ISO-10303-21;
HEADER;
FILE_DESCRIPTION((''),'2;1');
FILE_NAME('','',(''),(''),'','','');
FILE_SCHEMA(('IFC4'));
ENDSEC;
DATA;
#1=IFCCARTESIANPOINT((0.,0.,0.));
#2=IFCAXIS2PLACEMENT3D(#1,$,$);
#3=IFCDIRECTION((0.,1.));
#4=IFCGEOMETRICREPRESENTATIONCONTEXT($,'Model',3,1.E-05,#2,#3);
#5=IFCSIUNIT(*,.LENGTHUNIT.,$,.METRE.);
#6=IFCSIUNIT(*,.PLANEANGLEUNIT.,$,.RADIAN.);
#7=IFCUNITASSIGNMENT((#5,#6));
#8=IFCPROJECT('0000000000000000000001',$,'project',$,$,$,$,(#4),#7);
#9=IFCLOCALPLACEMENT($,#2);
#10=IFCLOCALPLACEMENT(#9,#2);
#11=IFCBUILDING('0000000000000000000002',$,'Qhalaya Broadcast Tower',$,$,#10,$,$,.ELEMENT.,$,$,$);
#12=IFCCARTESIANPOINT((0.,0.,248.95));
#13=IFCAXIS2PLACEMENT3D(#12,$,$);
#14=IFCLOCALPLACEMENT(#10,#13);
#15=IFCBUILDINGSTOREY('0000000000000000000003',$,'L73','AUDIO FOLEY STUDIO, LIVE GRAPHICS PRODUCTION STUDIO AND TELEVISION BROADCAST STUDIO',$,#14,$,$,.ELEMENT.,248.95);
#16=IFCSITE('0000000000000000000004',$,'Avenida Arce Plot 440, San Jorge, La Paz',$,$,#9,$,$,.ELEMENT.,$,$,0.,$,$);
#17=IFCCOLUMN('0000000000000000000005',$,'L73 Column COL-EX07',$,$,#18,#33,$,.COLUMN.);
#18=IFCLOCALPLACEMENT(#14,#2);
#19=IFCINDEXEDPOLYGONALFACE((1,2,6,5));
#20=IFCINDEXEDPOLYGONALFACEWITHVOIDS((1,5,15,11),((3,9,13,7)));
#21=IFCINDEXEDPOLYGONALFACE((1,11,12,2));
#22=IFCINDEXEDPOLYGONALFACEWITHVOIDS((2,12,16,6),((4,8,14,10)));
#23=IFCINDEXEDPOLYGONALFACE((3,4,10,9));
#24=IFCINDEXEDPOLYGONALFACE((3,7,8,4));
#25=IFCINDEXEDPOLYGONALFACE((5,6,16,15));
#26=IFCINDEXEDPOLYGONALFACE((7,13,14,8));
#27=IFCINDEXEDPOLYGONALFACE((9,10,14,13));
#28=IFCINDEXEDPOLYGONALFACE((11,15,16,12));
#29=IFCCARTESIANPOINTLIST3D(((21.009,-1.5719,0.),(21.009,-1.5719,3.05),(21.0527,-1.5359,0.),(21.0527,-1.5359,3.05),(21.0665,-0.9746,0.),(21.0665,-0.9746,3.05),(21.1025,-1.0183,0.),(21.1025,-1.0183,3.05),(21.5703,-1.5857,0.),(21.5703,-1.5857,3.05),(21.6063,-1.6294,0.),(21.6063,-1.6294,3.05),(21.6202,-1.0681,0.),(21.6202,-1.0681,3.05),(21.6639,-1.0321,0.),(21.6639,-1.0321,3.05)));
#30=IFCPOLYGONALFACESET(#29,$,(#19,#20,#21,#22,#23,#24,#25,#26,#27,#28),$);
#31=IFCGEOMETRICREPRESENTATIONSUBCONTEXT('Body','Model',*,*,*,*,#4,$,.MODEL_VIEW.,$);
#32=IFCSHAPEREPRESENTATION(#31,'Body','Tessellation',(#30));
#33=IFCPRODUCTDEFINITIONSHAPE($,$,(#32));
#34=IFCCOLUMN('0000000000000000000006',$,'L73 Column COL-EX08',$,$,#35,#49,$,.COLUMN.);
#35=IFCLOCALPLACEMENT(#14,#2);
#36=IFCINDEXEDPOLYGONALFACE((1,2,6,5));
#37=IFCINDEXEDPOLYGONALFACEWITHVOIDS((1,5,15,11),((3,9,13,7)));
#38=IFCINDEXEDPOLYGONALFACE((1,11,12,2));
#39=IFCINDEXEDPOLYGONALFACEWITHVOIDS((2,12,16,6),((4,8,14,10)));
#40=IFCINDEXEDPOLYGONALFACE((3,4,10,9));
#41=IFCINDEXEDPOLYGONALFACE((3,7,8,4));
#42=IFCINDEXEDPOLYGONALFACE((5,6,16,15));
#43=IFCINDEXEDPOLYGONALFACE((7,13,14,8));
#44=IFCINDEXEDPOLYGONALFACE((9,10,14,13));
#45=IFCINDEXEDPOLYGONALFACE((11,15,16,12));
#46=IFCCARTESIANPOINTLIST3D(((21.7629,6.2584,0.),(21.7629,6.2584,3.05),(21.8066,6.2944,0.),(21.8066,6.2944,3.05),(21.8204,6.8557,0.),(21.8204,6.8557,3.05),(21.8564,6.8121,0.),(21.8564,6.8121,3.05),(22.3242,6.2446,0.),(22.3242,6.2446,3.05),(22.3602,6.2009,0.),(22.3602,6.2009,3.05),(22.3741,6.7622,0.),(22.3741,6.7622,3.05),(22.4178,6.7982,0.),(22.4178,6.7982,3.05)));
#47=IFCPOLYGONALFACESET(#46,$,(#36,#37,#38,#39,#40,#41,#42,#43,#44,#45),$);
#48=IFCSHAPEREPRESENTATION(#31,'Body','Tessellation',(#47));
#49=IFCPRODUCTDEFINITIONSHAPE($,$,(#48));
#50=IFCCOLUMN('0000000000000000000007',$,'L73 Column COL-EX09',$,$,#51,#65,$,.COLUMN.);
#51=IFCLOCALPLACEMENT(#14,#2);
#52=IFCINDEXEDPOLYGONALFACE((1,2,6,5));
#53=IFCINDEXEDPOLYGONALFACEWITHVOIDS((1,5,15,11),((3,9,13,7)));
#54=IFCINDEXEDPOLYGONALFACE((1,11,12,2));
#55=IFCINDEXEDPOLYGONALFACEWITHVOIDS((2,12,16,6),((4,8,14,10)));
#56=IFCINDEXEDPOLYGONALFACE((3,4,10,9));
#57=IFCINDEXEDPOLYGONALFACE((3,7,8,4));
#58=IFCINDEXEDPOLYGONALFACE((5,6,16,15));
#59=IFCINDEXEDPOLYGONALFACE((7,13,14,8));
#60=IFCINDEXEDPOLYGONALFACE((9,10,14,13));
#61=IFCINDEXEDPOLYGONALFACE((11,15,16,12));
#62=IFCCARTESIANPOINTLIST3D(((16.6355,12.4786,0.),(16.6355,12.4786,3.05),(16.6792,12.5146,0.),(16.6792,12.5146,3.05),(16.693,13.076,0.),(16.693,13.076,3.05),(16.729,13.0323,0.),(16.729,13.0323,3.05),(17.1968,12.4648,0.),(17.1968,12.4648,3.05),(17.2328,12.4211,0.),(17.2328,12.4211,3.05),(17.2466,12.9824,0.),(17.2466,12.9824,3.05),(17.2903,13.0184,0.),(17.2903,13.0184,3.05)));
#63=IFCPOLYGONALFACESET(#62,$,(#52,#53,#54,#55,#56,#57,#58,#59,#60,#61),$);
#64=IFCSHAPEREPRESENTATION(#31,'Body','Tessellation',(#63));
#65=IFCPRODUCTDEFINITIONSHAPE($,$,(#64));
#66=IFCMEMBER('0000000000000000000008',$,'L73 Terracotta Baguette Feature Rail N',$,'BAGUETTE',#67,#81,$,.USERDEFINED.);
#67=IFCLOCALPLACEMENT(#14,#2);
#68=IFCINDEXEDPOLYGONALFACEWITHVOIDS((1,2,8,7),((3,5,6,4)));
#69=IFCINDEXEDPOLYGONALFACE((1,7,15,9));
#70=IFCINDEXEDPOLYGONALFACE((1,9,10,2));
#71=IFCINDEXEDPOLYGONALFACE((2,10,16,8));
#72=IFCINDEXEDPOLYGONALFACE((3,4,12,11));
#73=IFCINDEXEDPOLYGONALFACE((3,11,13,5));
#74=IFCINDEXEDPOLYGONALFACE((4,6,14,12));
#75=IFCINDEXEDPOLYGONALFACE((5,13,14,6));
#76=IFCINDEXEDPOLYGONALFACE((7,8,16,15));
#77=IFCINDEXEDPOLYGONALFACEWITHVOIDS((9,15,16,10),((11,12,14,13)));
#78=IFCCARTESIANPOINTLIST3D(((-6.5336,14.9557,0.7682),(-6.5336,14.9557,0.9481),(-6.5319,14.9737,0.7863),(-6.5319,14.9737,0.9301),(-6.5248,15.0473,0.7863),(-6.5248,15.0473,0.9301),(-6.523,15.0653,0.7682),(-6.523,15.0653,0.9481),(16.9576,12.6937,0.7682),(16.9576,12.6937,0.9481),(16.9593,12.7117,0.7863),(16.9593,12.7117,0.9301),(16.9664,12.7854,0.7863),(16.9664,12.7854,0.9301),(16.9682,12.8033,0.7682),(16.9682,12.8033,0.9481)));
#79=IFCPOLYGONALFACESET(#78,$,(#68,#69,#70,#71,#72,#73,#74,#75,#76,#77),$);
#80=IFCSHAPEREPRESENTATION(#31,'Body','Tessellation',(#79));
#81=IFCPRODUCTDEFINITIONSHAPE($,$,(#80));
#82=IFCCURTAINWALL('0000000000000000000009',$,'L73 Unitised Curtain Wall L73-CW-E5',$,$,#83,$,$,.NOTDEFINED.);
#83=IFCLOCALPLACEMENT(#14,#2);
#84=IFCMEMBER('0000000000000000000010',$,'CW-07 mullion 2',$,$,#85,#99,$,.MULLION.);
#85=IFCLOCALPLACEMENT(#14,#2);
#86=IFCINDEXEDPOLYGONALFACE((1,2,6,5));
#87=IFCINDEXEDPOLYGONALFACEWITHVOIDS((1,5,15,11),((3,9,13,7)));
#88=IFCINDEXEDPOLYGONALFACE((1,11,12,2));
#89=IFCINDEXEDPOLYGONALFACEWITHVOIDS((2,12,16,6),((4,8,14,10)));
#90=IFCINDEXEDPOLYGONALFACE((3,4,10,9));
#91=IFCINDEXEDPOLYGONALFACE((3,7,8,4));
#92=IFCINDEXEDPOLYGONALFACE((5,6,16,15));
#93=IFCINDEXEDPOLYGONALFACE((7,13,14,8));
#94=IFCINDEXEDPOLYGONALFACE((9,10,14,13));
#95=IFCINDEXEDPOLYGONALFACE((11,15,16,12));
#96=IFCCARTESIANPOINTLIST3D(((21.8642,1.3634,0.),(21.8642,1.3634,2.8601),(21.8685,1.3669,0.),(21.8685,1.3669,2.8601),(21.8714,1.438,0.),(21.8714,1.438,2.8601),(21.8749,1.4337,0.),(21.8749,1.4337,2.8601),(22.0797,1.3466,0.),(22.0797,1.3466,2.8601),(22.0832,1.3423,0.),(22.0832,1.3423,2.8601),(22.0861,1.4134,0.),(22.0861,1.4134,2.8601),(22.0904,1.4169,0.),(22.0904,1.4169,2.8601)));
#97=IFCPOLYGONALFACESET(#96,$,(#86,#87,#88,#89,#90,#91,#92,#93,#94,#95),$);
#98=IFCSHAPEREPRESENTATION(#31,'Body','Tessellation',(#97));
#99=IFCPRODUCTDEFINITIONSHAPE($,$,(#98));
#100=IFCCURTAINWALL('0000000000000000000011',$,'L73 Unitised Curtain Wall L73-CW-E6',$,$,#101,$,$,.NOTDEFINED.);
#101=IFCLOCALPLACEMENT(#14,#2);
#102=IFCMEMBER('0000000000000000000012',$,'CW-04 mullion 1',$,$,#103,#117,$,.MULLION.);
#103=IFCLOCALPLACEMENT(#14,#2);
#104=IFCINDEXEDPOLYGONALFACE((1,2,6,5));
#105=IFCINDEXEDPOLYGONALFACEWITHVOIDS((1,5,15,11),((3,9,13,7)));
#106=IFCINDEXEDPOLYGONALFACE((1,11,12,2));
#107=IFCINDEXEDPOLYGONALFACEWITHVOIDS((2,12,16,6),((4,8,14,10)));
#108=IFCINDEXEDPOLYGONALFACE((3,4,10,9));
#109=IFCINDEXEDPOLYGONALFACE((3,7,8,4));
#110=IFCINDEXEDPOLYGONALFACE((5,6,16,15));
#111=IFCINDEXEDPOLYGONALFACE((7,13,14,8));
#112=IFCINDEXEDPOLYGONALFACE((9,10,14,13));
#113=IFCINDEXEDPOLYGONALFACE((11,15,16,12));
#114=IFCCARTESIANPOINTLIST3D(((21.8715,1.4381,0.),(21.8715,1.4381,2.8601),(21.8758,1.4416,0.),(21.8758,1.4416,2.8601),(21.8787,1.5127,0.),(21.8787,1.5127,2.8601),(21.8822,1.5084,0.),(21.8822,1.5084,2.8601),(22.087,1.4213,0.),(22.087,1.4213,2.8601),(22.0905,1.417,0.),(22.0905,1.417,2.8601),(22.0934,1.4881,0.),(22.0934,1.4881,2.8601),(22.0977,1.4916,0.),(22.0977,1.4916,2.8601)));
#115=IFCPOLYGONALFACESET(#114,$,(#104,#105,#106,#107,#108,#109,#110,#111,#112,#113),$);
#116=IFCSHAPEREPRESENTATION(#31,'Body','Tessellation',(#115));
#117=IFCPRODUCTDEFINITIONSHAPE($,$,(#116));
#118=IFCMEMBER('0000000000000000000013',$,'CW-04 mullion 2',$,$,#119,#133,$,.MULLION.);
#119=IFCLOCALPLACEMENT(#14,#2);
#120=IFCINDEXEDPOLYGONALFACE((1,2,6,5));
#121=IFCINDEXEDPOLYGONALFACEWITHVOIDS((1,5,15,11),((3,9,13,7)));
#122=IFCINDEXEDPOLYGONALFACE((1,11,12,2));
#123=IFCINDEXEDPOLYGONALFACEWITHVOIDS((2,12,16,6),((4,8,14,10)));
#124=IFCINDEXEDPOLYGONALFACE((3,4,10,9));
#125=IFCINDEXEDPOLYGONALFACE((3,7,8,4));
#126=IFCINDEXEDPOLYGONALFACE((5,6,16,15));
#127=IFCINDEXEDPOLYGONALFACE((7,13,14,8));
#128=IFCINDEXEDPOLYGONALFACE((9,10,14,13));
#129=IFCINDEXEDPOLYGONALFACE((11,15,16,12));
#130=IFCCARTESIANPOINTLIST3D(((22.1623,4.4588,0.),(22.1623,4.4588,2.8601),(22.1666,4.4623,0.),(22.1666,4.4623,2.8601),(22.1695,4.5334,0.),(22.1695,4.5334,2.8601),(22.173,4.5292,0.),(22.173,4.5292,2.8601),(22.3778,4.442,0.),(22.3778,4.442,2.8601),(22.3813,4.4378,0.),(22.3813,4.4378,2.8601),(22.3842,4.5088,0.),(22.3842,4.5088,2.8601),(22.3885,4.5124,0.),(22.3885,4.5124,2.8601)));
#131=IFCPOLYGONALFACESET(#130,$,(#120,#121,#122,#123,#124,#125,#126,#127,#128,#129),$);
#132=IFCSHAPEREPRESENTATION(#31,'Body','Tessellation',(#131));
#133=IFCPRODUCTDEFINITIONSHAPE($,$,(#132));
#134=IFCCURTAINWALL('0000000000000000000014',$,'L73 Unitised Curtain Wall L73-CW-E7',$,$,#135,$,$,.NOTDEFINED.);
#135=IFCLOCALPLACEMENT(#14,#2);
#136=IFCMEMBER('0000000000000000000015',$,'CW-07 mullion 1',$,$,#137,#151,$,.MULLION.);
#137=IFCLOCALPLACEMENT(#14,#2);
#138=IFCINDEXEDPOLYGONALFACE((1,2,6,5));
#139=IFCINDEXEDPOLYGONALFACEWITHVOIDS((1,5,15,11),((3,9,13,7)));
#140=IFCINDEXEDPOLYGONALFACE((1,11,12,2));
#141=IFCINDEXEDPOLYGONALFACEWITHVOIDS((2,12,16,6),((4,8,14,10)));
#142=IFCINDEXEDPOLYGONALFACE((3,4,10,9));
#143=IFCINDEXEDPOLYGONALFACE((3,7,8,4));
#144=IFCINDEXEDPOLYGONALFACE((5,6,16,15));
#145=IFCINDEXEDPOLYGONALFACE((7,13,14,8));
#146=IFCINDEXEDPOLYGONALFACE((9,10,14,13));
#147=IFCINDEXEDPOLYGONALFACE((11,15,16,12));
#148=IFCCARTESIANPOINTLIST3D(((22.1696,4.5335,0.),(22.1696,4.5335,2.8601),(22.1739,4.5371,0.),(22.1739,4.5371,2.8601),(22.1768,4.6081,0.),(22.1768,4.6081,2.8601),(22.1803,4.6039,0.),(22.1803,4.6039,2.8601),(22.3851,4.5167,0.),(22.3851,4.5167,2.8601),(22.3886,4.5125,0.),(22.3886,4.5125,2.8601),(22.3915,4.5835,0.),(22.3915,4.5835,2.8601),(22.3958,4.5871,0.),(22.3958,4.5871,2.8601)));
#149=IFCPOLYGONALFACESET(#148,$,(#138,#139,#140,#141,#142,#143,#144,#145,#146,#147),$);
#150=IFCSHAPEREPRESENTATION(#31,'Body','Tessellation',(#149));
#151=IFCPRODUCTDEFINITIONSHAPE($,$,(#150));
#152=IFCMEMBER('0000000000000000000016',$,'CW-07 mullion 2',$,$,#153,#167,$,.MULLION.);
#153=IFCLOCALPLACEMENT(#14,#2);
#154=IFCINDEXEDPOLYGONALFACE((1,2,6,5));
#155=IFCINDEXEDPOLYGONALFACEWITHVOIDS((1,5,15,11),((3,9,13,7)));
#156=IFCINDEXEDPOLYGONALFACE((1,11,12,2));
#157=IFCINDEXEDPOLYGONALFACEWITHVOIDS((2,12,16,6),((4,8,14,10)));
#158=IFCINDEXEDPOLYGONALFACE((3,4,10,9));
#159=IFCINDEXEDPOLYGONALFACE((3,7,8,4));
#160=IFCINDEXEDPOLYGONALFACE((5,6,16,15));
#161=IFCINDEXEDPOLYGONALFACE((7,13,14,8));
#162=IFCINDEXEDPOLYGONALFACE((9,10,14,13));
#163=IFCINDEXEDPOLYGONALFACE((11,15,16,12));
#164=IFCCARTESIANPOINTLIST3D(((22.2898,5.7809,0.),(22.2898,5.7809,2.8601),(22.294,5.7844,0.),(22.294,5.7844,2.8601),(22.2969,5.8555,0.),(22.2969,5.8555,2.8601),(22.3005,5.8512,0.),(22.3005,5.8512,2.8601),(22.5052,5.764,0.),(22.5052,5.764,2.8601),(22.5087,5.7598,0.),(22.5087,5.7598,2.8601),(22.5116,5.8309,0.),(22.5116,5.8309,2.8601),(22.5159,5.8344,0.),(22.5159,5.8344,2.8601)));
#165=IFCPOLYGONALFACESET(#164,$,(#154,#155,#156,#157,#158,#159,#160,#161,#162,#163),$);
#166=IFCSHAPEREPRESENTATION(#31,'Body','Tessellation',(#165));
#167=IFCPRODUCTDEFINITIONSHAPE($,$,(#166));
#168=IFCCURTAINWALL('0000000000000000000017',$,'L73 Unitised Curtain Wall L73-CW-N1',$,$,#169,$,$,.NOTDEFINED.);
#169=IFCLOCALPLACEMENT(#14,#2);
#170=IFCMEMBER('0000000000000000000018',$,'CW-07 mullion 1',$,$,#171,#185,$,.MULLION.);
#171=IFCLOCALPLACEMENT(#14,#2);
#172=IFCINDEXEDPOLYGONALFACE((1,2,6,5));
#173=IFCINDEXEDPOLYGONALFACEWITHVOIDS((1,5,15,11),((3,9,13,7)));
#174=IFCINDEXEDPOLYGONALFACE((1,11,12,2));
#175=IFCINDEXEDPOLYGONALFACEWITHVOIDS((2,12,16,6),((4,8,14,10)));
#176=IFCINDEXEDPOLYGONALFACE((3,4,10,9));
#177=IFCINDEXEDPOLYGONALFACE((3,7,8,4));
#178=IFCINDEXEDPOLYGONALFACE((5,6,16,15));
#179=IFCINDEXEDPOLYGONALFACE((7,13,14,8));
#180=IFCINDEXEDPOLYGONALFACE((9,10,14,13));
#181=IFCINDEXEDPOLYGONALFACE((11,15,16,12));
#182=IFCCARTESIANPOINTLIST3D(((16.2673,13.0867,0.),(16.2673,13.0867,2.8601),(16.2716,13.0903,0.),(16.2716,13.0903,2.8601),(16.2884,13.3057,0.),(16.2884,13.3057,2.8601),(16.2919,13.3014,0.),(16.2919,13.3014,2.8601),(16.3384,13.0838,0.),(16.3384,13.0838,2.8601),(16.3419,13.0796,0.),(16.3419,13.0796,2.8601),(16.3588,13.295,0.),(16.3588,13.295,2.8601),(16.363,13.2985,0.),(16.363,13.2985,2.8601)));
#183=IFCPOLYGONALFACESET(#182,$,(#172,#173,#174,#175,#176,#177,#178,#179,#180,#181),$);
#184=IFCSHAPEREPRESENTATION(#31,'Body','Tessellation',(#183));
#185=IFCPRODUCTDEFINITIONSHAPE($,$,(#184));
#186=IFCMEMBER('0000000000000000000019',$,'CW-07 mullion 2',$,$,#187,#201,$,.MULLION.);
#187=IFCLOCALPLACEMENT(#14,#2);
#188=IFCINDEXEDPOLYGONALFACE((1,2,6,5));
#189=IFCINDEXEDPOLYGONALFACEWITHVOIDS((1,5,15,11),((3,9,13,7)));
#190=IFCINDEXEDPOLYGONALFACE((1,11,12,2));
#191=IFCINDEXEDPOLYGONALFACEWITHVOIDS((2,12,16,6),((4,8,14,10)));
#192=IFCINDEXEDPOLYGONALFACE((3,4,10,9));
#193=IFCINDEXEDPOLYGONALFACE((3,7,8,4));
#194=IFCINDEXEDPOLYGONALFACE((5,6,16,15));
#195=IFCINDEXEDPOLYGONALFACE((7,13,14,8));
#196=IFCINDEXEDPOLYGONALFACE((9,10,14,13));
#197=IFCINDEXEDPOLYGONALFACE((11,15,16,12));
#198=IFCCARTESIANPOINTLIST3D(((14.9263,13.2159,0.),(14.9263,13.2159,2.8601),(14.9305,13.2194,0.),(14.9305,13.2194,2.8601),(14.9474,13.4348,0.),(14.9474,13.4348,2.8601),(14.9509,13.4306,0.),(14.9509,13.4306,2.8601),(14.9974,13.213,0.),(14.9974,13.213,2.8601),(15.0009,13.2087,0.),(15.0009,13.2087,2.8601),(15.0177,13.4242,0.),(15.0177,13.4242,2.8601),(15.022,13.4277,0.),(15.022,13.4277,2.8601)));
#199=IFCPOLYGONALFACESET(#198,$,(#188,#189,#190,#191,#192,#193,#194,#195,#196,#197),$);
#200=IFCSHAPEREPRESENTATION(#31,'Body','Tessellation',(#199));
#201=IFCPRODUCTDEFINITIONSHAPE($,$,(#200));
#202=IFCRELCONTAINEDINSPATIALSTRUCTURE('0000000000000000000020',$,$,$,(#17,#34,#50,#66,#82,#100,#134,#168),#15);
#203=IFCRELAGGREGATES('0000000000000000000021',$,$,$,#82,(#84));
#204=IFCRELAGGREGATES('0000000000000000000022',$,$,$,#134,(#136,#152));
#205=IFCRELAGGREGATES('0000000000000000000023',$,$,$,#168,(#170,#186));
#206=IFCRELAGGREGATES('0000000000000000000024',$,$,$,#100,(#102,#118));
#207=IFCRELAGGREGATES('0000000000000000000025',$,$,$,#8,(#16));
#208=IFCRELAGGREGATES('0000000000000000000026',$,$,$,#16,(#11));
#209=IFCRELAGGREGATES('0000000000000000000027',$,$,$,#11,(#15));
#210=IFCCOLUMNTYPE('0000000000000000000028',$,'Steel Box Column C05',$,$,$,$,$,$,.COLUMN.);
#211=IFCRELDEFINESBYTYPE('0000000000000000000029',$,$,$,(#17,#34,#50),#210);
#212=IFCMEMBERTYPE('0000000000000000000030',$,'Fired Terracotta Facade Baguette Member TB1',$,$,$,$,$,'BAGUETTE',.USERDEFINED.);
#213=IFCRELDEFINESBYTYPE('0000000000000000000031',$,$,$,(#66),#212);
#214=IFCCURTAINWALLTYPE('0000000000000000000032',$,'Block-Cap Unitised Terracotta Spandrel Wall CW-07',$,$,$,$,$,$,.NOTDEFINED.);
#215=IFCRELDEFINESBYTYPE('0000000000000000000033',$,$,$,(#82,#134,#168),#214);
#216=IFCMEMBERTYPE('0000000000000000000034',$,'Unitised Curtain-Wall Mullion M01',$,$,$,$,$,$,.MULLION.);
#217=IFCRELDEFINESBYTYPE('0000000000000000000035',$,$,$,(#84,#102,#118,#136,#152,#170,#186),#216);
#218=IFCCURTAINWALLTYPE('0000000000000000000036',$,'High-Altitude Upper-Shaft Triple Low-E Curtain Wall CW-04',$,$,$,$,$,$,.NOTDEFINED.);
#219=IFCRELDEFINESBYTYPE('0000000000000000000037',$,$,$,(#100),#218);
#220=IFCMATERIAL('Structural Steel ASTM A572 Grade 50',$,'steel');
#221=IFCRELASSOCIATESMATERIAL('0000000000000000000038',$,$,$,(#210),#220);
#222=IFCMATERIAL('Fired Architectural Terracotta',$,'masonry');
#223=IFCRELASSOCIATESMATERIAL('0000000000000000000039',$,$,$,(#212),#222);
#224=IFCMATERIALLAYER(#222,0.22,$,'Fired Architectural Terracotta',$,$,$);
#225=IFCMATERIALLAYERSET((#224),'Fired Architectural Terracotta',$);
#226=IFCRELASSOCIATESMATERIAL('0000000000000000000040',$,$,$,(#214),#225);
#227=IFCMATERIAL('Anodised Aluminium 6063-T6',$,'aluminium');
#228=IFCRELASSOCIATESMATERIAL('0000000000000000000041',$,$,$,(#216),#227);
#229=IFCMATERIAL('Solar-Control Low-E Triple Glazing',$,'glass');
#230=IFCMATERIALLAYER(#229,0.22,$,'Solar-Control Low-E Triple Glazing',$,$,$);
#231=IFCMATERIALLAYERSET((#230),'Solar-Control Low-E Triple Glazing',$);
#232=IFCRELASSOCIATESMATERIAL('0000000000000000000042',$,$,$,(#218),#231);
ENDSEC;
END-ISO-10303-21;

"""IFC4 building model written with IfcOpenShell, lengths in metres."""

from ifc_helpers import new_model, si_unit, direction, frame, origin, origin_2d, place, context, subcontext, project, spatial, hollow_rectangle, extrude, material, layer, layer_set, material_profile, profile_set, type_object, element, aggregate, save


model = new_model("IFC4")

# Units and contexts
model_context = context("Model", 3, precision=1e-05, world=origin(), true_north=direction((0.0, 1.0)))
body_context = subcontext(model_context, "Body", "Model", "MODEL_VIEW")
ifc_project = project(units=[si_unit("LENGTHUNIT", "METRE"), si_unit("PLANEANGLEUNIT", "RADIAN")], contexts=[model_context])

# Site, building, storey
site_placement = place(None, origin())
site = spatial("IfcSite", under=ifc_project, at=site_placement, Name="Avenida Arce Plot 440, San Jorge, La Paz", CompositionType="ELEMENT", RefElevation=0.0)
building_placement = place(site_placement, origin())
building = spatial("IfcBuilding", under=site, at=building_placement, Name="Qhalaya Broadcast Tower", CompositionType="ELEMENT")
storey_placement = place(building_placement, frame((0.0, 0.0, 248.95)))
storey = spatial("IfcBuildingStorey", under=building, at=storey_placement, Name="L73", Description="AUDIO FOLEY STUDIO, LIVE GRAPHICS PRODUCTION STUDIO AND TELEVISION BROADCAST STUDIO", CompositionType="ELEMENT", Elevation=248.95)

# Columns
ifc_material_1 = material(Name="Structural Steel ASTM A572 Grade 50", Category="steel")
ifc_material_profile_1 = material_profile(ifc_material_1, hollow_rectangle(XDim=0.6001, YDim=0.6001, WallThickness=0.04, at=origin_2d()), Name="BOX 600x600x40")
ifc_profile_set_1 = profile_set([ifc_material_profile_1], Name="Structural Steel ASTM A572 Grade 50")
column_type = type_object("IfcColumnType", Name="Steel Box Column C05", PredefinedType="COLUMN", material=ifc_profile_set_1)
for number, where, z_axis, x_axis, name in (
    (1, (21.3364, -1.302, 0.0), (0.0, 0.0, 1.0), (0.095846, 0.995396, 0.0), "L73 Column COL-EX07"),
    (2, (22.0903, 6.5283, 0.0), (0.0, 0.0, 1.0), (0.095846, 0.995396, 0.0), "L73 Column COL-EX08"),
    (3, (16.9629, 12.7485, 0.0), (0.0, 0.0, 1.0), (0.995396, -0.095846, 0.0), "L73 Column COL-EX09"),
):
    element("IfcColumn", number, at=place(storey_placement, frame(where, z_axis=z_axis, x_axis=x_axis)), inside=storey, type_object=column_type, Name=name, PredefinedType="COLUMN", context=body_context, shape_type="SweptSolid", body=[
        extrude(hollow_rectangle(XDim=0.6001, YDim=0.6001, WallThickness=0.04, at=origin_2d()), origin(), (0.0, 0.0, 1.0), 3.05),
    ])

# Member
ifc_material_2 = material(Name="Fired Architectural Terracotta", Category="masonry")
ifc_material_profile_2 = material_profile(ifc_material_2, hollow_rectangle(XDim=0.1101, YDim=0.1799, WallThickness=0.0181, at=origin_2d()), Name="TB-BAG 110x180x18")
ifc_profile_set_2 = profile_set([ifc_material_profile_2], Name="Fired Architectural Terracotta")
member_type_1 = type_object("IfcMemberType", Name="Fired Terracotta Facade Baguette Member TB1", ElementType="BAGUETTE", PredefinedType="USERDEFINED", material=ifc_profile_set_2)
member_1_placement = place(storey_placement, frame((16.9629, 12.7485, 0.8582), z_axis=(-0.995396, 0.095846, 0.0), x_axis=(-0.095846, -0.995396, 0.0)))
element("IfcMember", 4, at=member_1_placement, inside=storey, type_object=member_type_1, Name="L73 Terracotta Baguette Feature Rail N", ObjectType="BAGUETTE", PredefinedType="USERDEFINED", context=body_context, shape_type="SweptSolid", body=[
    extrude(hollow_rectangle(XDim=0.1101, YDim=0.1799, WallThickness=0.0181, at=origin_2d()), origin(), (0.0, 0.0, 1.0), 23.5999),
])

# Curtain wall, member
ifc_layer_1 = layer(ifc_material_2, 0.22, Name="Fired Architectural Terracotta")
ifc_layer_set_1 = layer_set([ifc_layer_1], Name="Fired Architectural Terracotta")
curtain_wall_type_1 = type_object("IfcCurtainWallType", Name="Block-Cap Unitised Terracotta Spandrel Wall CW-07", PredefinedType="NOTDEFINED", material=ifc_layer_set_1)
curtain_wall_1_placement = place(storey_placement, origin())
curtain_wall_1 = element("IfcCurtainWall", 5, at=curtain_wall_1_placement, inside=storey, type_object=curtain_wall_type_1, Name="L73 Unitised Curtain Wall L73-CW-E5", PredefinedType="NOTDEFINED")
ifc_material_3 = material(Name="Anodised Aluminium 6063-T6", Category="aluminium")
ifc_material_profile_3 = material_profile(ifc_material_3, hollow_rectangle(XDim=0.075, YDim=0.22, WallThickness=0.0039, at=origin_2d()), Name="ALU-MUL 75x220x4")
ifc_profile_set_3 = profile_set([ifc_material_profile_3], Name="Anodised Aluminium 6063-T6")
member_type_2 = type_object("IfcMemberType", Name="Unitised Curtain-Wall Mullion M01", PredefinedType="MULLION", material=ifc_profile_set_3)
member_2_placement = place(storey_placement, frame((21.9773, 1.3901, 0.0), z_axis=(0.0, 0.0, 1.0), x_axis=(0.095849, 0.995396, 0.0)))
member_2 = element("IfcMember", 6, at=member_2_placement, type_object=member_type_2, Name="CW-07 mullion 2", PredefinedType="MULLION", context=body_context, shape_type="SweptSolid", body=[
    extrude(hollow_rectangle(XDim=0.075, YDim=0.22, WallThickness=0.0039, at=origin_2d()), origin(), (0.0, 0.0, 1.0), 2.8601),
])

# Curtain walls, members
ifc_material_4 = material(Name="Solar-Control Low-E Triple Glazing", Category="glass")
ifc_layer_2 = layer(ifc_material_4, 0.22, Name="Solar-Control Low-E Triple Glazing")
ifc_layer_set_2 = layer_set([ifc_layer_2], Name="Solar-Control Low-E Triple Glazing")
curtain_wall_type_2 = type_object("IfcCurtainWallType", Name="High-Altitude Upper-Shaft Triple Low-E Curtain Wall CW-04", PredefinedType="NOTDEFINED", material=ifc_layer_set_2)
curtain_wall_2_placement = place(storey_placement, origin())
curtain_wall_2 = element("IfcCurtainWall", 7, at=curtain_wall_2_placement, inside=storey, type_object=curtain_wall_type_2, Name="L73 Unitised Curtain Wall L73-CW-E6", PredefinedType="NOTDEFINED")
member_3_placement = place(storey_placement, frame((21.9846, 1.4648, 0.0), z_axis=(0.0, 0.0, 1.0), x_axis=(0.095855, 0.995395, 0.0)))
member_3 = element("IfcMember", 8, at=member_3_placement, type_object=member_type_2, Name="CW-04 mullion 1", PredefinedType="MULLION", context=body_context, shape_type="SweptSolid", body=[
    extrude(hollow_rectangle(XDim=0.075, YDim=0.22, WallThickness=0.0039, at=origin_2d()), origin(), (0.0, 0.0, 1.0), 2.8601),
])
member_4_placement = place(storey_placement, frame((22.2754, 4.4856, 0.0), z_axis=(0.0, 0.0, 1.0), x_axis=(0.095855, 0.995395, 0.0)))
member_4 = element("IfcMember", 9, at=member_4_placement, type_object=member_type_2, Name="CW-04 mullion 2", PredefinedType="MULLION", context=body_context, shape_type="SweptSolid", body=[
    extrude(hollow_rectangle(XDim=0.075, YDim=0.22, WallThickness=0.0039, at=origin_2d()), origin(), (0.0, 0.0, 1.0), 2.8601),
])
curtain_wall_3_placement = place(storey_placement, origin())
curtain_wall_3 = element("IfcCurtainWall", 10, at=curtain_wall_3_placement, inside=storey, type_object=curtain_wall_type_1, Name="L73 Unitised Curtain Wall L73-CW-E7", PredefinedType="NOTDEFINED")
member_5_placement = place(storey_placement, frame((22.2827, 4.5603, 0.0), z_axis=(0.0, 0.0, 1.0), x_axis=(0.095857, 0.995395, 0.0)))
member_5 = element("IfcMember", 11, at=member_5_placement, type_object=member_type_2, Name="CW-07 mullion 1", PredefinedType="MULLION", context=body_context, shape_type="SweptSolid", body=[
    extrude(hollow_rectangle(XDim=0.075, YDim=0.22, WallThickness=0.0039, at=origin_2d()), origin(), (0.0, 0.0, 1.0), 2.8601),
])
member_6_placement = place(storey_placement, frame((22.4028, 5.8076, 0.0), z_axis=(0.0, 0.0, 1.0), x_axis=(0.095857, 0.995395, 0.0)))
member_6 = element("IfcMember", 12, at=member_6_placement, type_object=member_type_2, Name="CW-07 mullion 2", PredefinedType="MULLION", context=body_context, shape_type="SweptSolid", body=[
    extrude(hollow_rectangle(XDim=0.075, YDim=0.22, WallThickness=0.0039, at=origin_2d()), origin(), (0.0, 0.0, 1.0), 2.8601),
])
curtain_wall_4_placement = place(storey_placement, origin())
curtain_wall_4 = element("IfcCurtainWall", 13, at=curtain_wall_4_placement, inside=storey, type_object=curtain_wall_type_1, Name="L73 Unitised Curtain Wall L73-CW-N1", PredefinedType="NOTDEFINED")
member_7_placement = place(storey_placement, frame((16.3152, 13.1926, 0.0), z_axis=(0.0, 0.0, 1.0), x_axis=(-0.995396, 0.095848, 0.0)))
member_7 = element("IfcMember", 14, at=member_7_placement, type_object=member_type_2, Name="CW-07 mullion 1", PredefinedType="MULLION", context=body_context, shape_type="SweptSolid", body=[
    extrude(hollow_rectangle(XDim=0.075, YDim=0.22, WallThickness=0.0039, at=origin_2d()), origin(), (0.0, 0.0, 1.0), 2.8601),
])
member_8_placement = place(storey_placement, frame((14.9741, 13.3218, 0.0), z_axis=(0.0, 0.0, 1.0), x_axis=(-0.995396, 0.095848, 0.0)))
member_8 = element("IfcMember", 15, at=member_8_placement, type_object=member_type_2, Name="CW-07 mullion 2", PredefinedType="MULLION", context=body_context, shape_type="SweptSolid", body=[
    extrude(hollow_rectangle(XDim=0.075, YDim=0.22, WallThickness=0.0039, at=origin_2d()), origin(), (0.0, 0.0, 1.0), 2.8601),
])

aggregate(curtain_wall_1, [member_2])
aggregate(curtain_wall_3, [member_5, member_6])
aggregate(curtain_wall_4, [member_7, member_8])
aggregate(curtain_wall_2, [member_3, member_4])

save(model, "model.ifc")
